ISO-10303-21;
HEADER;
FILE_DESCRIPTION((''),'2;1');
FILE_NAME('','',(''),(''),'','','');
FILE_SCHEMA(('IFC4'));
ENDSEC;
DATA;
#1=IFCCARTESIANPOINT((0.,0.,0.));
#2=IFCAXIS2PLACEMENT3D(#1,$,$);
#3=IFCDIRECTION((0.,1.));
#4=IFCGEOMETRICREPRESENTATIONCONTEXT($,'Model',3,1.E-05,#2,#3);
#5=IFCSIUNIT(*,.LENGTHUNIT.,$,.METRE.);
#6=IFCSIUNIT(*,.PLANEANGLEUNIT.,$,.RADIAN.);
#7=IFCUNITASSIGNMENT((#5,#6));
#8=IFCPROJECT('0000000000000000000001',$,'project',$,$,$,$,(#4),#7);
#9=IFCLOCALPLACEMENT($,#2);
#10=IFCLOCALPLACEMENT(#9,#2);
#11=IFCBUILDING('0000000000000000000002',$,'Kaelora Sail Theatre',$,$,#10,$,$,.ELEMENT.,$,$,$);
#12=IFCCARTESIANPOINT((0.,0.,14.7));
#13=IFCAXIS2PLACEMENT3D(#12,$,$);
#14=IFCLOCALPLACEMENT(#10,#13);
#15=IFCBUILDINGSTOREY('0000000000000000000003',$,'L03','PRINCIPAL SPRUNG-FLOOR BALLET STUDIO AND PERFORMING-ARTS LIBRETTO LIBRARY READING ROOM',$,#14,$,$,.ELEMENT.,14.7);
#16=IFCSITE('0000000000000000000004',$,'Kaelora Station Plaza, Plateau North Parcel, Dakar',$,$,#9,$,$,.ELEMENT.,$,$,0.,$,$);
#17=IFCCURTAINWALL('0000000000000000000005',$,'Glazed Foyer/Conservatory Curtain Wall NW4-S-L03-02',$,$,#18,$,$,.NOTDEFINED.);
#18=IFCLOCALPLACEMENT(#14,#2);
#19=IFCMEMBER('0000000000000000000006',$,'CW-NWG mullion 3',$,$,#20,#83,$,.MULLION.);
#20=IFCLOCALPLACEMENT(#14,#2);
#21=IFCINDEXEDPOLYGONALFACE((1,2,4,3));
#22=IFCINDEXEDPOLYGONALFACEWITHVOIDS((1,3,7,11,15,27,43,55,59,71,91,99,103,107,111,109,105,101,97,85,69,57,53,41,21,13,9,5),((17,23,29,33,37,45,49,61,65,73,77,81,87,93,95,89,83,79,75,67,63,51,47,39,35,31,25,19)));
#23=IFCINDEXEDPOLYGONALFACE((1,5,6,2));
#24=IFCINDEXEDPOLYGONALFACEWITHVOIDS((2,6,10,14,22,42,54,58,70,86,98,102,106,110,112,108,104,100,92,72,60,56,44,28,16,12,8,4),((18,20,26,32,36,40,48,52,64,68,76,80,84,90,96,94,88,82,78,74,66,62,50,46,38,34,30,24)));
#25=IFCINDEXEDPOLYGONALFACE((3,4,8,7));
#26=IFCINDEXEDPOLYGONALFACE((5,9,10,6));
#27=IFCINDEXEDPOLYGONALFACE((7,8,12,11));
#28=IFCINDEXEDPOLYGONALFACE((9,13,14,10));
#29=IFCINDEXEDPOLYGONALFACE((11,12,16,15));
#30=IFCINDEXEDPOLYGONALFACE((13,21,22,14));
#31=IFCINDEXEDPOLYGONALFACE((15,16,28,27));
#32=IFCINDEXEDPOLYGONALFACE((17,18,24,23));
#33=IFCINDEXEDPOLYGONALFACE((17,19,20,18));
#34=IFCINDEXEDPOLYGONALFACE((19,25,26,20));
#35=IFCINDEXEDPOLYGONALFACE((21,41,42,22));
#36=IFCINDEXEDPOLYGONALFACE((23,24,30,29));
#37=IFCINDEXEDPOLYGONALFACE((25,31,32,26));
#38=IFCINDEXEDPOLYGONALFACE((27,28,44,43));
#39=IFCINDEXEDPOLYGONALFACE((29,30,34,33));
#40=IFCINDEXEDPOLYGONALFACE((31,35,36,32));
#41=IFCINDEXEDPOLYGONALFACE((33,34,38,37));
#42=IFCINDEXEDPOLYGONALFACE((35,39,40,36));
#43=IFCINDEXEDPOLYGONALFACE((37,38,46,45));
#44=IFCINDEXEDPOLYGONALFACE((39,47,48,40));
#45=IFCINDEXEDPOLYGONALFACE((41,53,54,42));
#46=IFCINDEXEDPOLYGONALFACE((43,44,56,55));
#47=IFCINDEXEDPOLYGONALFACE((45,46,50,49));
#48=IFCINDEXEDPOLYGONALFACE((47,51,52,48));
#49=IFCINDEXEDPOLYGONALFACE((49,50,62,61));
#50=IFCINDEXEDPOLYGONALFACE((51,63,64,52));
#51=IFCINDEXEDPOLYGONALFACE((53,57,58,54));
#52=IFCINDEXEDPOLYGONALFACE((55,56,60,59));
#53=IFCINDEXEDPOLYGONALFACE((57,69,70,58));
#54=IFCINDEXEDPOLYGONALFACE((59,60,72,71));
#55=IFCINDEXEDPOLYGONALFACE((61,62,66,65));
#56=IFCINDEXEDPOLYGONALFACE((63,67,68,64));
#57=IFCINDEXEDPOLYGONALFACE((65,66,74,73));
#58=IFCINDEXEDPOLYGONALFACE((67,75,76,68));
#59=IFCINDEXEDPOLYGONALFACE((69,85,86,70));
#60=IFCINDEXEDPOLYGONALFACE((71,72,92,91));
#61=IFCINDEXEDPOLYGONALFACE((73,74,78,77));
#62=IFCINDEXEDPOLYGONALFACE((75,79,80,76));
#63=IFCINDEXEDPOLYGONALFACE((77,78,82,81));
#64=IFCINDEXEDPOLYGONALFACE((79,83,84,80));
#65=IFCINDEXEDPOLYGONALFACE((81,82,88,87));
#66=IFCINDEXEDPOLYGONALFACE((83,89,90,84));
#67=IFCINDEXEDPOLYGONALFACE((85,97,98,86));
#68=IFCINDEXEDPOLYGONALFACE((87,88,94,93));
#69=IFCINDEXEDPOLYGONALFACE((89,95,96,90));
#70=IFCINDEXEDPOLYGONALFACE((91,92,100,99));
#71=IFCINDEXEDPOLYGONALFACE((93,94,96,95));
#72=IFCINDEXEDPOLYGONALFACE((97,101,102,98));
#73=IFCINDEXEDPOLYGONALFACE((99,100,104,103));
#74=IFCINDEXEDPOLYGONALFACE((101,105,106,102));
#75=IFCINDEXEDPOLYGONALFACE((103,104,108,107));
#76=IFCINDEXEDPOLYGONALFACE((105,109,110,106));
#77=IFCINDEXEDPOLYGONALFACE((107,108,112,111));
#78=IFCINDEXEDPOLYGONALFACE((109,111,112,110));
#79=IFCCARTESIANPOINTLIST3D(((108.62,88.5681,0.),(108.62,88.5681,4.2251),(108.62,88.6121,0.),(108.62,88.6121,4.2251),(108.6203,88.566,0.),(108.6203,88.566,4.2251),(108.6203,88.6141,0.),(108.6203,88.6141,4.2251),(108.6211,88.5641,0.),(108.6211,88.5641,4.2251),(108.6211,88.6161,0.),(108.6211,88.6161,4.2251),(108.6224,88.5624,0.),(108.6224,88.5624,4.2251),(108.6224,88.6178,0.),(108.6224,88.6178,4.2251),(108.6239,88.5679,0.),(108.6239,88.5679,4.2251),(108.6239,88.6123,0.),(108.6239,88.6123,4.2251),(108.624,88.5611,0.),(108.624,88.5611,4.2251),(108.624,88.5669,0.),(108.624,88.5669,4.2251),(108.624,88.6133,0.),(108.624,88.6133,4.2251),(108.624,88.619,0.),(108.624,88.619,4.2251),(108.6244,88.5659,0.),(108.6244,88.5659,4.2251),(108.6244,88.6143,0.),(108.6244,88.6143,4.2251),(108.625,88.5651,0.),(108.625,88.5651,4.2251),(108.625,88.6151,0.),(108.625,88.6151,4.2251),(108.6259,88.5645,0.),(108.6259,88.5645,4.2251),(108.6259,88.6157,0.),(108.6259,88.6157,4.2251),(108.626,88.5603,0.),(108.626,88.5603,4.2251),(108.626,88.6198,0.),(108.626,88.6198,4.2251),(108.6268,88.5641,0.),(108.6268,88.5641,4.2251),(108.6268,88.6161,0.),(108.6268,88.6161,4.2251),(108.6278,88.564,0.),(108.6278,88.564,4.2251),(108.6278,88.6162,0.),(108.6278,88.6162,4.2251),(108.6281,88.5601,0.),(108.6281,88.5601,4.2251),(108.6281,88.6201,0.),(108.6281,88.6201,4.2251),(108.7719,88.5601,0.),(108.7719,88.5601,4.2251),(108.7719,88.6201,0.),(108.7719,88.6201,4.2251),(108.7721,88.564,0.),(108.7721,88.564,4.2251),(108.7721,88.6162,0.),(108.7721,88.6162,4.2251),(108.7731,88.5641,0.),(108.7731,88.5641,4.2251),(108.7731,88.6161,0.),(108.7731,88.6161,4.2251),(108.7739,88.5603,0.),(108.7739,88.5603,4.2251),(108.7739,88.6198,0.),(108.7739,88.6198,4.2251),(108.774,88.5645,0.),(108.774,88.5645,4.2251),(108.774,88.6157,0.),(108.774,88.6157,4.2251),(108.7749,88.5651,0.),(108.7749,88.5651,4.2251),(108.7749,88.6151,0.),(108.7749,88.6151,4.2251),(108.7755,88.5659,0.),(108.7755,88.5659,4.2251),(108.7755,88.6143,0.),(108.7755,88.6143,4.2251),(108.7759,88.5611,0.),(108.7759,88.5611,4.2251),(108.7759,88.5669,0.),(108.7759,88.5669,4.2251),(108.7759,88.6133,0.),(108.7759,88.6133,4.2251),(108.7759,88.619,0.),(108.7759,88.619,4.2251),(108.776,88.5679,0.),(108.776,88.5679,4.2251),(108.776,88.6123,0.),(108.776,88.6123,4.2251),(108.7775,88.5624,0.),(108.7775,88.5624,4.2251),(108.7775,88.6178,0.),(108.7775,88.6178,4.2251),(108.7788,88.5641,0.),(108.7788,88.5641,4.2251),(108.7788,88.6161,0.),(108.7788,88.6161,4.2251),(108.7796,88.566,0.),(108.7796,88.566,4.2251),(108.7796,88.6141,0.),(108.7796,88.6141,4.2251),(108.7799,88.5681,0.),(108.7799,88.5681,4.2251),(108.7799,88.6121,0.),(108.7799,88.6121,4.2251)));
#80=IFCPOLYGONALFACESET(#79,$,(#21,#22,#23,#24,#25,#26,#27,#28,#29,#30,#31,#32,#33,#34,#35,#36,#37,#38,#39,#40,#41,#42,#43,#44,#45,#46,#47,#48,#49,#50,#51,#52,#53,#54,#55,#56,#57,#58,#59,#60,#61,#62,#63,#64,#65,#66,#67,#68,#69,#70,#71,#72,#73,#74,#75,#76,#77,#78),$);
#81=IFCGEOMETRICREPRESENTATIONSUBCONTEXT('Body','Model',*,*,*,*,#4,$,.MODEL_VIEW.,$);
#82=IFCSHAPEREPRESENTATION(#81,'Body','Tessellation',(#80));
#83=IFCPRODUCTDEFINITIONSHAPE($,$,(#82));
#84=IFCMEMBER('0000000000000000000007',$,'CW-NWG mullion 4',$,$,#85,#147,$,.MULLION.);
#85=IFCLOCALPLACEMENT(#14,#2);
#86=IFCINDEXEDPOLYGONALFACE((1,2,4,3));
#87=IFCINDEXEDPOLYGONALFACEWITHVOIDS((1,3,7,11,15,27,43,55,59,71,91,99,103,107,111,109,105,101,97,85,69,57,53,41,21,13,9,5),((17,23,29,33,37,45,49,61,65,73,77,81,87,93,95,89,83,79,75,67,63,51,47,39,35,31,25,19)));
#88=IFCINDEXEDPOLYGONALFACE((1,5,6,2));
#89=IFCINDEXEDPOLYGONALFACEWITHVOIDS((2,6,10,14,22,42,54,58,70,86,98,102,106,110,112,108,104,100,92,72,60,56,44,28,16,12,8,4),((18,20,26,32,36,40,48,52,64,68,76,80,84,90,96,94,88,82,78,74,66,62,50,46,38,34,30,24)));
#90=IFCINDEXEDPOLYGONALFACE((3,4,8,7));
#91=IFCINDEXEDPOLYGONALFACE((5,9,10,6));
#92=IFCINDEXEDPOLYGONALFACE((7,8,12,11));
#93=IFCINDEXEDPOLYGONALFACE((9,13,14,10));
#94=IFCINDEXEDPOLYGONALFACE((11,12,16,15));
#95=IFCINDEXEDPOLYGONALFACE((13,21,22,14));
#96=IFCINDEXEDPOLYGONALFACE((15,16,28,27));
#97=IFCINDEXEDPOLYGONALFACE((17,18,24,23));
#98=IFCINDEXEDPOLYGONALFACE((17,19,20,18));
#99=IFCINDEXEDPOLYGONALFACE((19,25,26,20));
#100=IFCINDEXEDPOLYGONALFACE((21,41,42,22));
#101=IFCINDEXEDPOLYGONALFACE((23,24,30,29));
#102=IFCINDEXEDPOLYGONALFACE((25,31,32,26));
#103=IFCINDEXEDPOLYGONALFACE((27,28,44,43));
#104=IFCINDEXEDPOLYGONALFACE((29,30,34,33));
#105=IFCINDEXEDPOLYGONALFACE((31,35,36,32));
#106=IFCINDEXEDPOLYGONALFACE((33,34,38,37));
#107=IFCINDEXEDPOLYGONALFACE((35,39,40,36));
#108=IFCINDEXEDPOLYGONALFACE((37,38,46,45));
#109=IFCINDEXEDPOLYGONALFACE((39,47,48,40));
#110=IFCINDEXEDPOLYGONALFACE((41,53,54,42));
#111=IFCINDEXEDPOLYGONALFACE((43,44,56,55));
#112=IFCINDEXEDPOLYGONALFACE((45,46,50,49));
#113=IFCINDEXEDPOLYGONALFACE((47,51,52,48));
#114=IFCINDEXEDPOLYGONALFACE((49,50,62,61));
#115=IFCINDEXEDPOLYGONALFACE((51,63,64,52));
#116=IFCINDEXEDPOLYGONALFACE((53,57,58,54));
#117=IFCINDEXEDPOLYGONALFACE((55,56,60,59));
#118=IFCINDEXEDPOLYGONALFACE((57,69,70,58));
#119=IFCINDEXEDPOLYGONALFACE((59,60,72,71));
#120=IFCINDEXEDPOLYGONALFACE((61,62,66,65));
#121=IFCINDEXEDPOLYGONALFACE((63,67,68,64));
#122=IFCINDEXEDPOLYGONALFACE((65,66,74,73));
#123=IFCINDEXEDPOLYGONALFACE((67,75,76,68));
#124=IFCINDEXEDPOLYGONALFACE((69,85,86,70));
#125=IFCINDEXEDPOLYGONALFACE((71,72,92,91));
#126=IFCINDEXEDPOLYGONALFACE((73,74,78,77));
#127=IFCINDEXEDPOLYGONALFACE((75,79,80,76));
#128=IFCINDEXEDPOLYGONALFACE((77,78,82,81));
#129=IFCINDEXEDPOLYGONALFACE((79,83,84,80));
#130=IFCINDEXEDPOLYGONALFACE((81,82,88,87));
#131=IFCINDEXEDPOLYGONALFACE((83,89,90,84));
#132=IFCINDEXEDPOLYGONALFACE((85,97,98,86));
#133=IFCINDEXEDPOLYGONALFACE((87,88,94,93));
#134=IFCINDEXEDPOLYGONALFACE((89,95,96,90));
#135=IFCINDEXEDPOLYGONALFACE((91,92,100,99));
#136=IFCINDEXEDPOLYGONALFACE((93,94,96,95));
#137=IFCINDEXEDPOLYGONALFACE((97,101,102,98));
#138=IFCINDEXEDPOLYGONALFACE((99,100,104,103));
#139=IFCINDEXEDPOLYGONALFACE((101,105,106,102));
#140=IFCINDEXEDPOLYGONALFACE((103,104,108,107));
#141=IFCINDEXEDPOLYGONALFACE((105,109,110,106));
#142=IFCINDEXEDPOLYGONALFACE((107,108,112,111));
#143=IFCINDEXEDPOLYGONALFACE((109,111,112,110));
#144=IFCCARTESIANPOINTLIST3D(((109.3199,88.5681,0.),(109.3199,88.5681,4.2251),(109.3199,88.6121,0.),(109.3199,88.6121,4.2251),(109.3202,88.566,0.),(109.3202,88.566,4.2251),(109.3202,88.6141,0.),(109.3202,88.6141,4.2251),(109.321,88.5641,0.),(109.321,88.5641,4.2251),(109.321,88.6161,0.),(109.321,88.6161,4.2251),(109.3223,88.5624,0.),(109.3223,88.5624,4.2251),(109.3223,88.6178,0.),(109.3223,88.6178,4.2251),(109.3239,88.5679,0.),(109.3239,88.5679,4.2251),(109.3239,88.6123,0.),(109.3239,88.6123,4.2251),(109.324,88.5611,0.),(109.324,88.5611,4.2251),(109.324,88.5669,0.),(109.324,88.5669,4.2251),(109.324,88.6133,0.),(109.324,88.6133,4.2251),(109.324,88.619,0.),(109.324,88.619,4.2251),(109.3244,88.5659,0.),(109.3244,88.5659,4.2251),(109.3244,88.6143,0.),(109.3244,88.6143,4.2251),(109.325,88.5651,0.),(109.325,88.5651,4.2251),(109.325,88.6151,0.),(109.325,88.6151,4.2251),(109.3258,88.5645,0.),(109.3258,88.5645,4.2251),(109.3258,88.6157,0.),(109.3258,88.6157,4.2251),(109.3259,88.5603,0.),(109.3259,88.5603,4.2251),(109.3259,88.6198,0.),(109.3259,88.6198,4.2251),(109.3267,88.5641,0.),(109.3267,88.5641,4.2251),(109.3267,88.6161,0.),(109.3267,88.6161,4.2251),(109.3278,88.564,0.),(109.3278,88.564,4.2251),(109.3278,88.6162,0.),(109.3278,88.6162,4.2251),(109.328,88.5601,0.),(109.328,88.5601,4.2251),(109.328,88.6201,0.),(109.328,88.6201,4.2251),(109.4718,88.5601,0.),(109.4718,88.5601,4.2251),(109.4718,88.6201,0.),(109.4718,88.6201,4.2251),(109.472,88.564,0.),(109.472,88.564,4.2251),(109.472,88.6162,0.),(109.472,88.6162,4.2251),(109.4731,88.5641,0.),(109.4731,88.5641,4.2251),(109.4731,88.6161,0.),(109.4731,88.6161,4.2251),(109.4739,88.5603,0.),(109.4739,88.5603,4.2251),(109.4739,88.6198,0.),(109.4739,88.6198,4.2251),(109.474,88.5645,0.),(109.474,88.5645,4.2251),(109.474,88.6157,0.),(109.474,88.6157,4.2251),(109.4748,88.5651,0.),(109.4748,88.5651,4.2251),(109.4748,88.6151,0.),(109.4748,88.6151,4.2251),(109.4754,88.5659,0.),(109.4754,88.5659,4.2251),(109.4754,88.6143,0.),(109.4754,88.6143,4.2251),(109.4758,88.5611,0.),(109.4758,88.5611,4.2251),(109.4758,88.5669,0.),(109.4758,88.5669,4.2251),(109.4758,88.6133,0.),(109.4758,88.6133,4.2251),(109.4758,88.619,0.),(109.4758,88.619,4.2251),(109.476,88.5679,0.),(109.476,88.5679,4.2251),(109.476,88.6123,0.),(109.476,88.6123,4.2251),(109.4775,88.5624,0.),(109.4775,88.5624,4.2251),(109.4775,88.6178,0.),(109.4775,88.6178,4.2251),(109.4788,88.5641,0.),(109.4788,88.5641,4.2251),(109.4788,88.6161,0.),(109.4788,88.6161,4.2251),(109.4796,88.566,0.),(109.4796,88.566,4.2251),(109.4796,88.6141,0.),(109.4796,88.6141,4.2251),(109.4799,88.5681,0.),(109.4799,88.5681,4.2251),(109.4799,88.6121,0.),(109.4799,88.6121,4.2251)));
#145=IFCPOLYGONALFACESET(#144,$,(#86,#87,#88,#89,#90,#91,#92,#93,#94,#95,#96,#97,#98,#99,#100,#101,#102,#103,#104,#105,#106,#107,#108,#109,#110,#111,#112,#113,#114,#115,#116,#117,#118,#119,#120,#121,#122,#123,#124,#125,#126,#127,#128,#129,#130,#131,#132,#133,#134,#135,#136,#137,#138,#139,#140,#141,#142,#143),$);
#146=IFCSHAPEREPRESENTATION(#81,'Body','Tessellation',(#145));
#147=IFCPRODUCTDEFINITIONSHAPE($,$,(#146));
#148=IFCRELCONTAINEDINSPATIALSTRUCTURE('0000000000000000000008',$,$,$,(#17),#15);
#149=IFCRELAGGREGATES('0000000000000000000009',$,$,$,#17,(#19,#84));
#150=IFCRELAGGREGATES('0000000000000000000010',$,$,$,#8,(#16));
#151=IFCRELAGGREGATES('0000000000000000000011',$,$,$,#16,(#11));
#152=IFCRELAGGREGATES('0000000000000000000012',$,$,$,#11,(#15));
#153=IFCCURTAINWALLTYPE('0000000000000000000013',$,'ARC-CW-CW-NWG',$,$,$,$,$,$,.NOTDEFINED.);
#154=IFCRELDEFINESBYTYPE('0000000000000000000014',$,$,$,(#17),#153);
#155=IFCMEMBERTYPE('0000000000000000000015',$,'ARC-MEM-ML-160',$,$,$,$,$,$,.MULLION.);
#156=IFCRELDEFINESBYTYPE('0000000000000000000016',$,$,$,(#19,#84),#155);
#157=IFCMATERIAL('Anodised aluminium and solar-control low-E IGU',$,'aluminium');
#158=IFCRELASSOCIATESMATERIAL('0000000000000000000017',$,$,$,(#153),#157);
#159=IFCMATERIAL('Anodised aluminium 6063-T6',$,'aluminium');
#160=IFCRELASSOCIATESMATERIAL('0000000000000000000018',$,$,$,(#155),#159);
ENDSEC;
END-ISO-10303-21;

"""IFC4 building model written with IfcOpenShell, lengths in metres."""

from ifc_helpers import new_model, si_unit, direction, frame, origin, origin_2d, place, context, subcontext, project, spatial, hollow_rectangle, extrude, material, material_profile, profile_set, type_object, element, aggregate, save


model = new_model("IFC4")

# Units and contexts
model_context = context("Model", 3, precision=1e-05, world=origin(), true_north=direction((0.0, 1.0)))
body_context = subcontext(model_context, "Body", "Model", "MODEL_VIEW")
ifc_project = project(units=[si_unit("LENGTHUNIT", "METRE"), si_unit("PLANEANGLEUNIT", "RADIAN")], contexts=[model_context])

# Site, building, storey
site_placement = place(None, origin())
site = spatial("IfcSite", under=ifc_project, at=site_placement, Name="Kaelora Station Plaza, Plateau North Parcel, Dakar", CompositionType="ELEMENT", RefElevation=0.0)
building_placement = place(site_placement, origin())
building = spatial("IfcBuilding", under=site, at=building_placement, Name="Kaelora Sail Theatre", CompositionType="ELEMENT")
storey_placement = place(building_placement, frame((0.0, 0.0, 14.7)))
storey = spatial("IfcBuildingStorey", under=building, at=storey_placement, Name="L03", Description="PRINCIPAL SPRUNG-FLOOR BALLET STUDIO AND PERFORMING-ARTS LIBRETTO LIBRARY READING ROOM", CompositionType="ELEMENT", Elevation=14.7)

# Curtain wall, members
ifc_material_1 = material(Name="Anodised aluminium and solar-control low-E IGU", Category="aluminium")
curtain_wall_type = type_object("IfcCurtainWallType", Name="ARC-CW-CW-NWG", PredefinedType="NOTDEFINED", material=ifc_material_1)
curtain_wall_placement = place(storey_placement, origin())
curtain_wall = element("IfcCurtainWall", 1, at=curtain_wall_placement, inside=storey, type_object=curtain_wall_type, Name="Glazed Foyer/Conservatory Curtain Wall NW4-S-L03-02", PredefinedType="NOTDEFINED")
ifc_material_2 = material(Name="Anodised aluminium 6063-T6", Category="aluminium")
ifc_material_profile_1 = material_profile(ifc_material_2, hollow_rectangle(XDim=0.0601, YDim=0.1599, WallThickness=0.0039, InnerFilletRadius=0.0039, OuterFilletRadius=0.0081, at=origin_2d()), Name="ALU-MULL 60x160x4")
ifc_profile_set_1 = profile_set([ifc_material_profile_1], Name="Anodised aluminium 6063-T6")
member_type_1 = type_object("IfcMemberType", Name="ARC-MEM-ML-160", PredefinedType="MULLION", material=ifc_profile_set_1)
member_1_placement = place(storey_placement, frame((108.7, 88.5901, 0.0), z_axis=(0.0, 0.0, 1.0), x_axis=(0.0, 1.0, 0.0)))
member_1 = element("IfcMember", 2, at=member_1_placement, type_object=member_type_1, Name="CW-NWG mullion 3", PredefinedType="MULLION", context=body_context, shape_type="SweptSolid", body=[
    extrude(hollow_rectangle(XDim=0.0601, YDim=0.1599, WallThickness=0.0039, InnerFilletRadius=0.0039, OuterFilletRadius=0.0081, at=origin_2d()), origin(), (0.0, 0.0, 1.0), 4.2251),
])
member_2_placement = place(storey_placement, frame((109.3999, 88.5901, 0.0), z_axis=(0.0, 0.0, 1.0), x_axis=(0.0, 1.0, 0.0)))
member_2 = element("IfcMember", 3, at=member_2_placement, type_object=member_type_1, Name="CW-NWG mullion 4", PredefinedType="MULLION", context=body_context, shape_type="SweptSolid", body=[
    extrude(hollow_rectangle(XDim=0.0601, YDim=0.1599, WallThickness=0.0039, InnerFilletRadius=0.0039, OuterFilletRadius=0.0081, at=origin_2d()), origin(), (0.0, 0.0, 1.0), 4.2251),
])
aggregate(curtain_wall, [member_1, member_2])

save(model, "model.ifc")
